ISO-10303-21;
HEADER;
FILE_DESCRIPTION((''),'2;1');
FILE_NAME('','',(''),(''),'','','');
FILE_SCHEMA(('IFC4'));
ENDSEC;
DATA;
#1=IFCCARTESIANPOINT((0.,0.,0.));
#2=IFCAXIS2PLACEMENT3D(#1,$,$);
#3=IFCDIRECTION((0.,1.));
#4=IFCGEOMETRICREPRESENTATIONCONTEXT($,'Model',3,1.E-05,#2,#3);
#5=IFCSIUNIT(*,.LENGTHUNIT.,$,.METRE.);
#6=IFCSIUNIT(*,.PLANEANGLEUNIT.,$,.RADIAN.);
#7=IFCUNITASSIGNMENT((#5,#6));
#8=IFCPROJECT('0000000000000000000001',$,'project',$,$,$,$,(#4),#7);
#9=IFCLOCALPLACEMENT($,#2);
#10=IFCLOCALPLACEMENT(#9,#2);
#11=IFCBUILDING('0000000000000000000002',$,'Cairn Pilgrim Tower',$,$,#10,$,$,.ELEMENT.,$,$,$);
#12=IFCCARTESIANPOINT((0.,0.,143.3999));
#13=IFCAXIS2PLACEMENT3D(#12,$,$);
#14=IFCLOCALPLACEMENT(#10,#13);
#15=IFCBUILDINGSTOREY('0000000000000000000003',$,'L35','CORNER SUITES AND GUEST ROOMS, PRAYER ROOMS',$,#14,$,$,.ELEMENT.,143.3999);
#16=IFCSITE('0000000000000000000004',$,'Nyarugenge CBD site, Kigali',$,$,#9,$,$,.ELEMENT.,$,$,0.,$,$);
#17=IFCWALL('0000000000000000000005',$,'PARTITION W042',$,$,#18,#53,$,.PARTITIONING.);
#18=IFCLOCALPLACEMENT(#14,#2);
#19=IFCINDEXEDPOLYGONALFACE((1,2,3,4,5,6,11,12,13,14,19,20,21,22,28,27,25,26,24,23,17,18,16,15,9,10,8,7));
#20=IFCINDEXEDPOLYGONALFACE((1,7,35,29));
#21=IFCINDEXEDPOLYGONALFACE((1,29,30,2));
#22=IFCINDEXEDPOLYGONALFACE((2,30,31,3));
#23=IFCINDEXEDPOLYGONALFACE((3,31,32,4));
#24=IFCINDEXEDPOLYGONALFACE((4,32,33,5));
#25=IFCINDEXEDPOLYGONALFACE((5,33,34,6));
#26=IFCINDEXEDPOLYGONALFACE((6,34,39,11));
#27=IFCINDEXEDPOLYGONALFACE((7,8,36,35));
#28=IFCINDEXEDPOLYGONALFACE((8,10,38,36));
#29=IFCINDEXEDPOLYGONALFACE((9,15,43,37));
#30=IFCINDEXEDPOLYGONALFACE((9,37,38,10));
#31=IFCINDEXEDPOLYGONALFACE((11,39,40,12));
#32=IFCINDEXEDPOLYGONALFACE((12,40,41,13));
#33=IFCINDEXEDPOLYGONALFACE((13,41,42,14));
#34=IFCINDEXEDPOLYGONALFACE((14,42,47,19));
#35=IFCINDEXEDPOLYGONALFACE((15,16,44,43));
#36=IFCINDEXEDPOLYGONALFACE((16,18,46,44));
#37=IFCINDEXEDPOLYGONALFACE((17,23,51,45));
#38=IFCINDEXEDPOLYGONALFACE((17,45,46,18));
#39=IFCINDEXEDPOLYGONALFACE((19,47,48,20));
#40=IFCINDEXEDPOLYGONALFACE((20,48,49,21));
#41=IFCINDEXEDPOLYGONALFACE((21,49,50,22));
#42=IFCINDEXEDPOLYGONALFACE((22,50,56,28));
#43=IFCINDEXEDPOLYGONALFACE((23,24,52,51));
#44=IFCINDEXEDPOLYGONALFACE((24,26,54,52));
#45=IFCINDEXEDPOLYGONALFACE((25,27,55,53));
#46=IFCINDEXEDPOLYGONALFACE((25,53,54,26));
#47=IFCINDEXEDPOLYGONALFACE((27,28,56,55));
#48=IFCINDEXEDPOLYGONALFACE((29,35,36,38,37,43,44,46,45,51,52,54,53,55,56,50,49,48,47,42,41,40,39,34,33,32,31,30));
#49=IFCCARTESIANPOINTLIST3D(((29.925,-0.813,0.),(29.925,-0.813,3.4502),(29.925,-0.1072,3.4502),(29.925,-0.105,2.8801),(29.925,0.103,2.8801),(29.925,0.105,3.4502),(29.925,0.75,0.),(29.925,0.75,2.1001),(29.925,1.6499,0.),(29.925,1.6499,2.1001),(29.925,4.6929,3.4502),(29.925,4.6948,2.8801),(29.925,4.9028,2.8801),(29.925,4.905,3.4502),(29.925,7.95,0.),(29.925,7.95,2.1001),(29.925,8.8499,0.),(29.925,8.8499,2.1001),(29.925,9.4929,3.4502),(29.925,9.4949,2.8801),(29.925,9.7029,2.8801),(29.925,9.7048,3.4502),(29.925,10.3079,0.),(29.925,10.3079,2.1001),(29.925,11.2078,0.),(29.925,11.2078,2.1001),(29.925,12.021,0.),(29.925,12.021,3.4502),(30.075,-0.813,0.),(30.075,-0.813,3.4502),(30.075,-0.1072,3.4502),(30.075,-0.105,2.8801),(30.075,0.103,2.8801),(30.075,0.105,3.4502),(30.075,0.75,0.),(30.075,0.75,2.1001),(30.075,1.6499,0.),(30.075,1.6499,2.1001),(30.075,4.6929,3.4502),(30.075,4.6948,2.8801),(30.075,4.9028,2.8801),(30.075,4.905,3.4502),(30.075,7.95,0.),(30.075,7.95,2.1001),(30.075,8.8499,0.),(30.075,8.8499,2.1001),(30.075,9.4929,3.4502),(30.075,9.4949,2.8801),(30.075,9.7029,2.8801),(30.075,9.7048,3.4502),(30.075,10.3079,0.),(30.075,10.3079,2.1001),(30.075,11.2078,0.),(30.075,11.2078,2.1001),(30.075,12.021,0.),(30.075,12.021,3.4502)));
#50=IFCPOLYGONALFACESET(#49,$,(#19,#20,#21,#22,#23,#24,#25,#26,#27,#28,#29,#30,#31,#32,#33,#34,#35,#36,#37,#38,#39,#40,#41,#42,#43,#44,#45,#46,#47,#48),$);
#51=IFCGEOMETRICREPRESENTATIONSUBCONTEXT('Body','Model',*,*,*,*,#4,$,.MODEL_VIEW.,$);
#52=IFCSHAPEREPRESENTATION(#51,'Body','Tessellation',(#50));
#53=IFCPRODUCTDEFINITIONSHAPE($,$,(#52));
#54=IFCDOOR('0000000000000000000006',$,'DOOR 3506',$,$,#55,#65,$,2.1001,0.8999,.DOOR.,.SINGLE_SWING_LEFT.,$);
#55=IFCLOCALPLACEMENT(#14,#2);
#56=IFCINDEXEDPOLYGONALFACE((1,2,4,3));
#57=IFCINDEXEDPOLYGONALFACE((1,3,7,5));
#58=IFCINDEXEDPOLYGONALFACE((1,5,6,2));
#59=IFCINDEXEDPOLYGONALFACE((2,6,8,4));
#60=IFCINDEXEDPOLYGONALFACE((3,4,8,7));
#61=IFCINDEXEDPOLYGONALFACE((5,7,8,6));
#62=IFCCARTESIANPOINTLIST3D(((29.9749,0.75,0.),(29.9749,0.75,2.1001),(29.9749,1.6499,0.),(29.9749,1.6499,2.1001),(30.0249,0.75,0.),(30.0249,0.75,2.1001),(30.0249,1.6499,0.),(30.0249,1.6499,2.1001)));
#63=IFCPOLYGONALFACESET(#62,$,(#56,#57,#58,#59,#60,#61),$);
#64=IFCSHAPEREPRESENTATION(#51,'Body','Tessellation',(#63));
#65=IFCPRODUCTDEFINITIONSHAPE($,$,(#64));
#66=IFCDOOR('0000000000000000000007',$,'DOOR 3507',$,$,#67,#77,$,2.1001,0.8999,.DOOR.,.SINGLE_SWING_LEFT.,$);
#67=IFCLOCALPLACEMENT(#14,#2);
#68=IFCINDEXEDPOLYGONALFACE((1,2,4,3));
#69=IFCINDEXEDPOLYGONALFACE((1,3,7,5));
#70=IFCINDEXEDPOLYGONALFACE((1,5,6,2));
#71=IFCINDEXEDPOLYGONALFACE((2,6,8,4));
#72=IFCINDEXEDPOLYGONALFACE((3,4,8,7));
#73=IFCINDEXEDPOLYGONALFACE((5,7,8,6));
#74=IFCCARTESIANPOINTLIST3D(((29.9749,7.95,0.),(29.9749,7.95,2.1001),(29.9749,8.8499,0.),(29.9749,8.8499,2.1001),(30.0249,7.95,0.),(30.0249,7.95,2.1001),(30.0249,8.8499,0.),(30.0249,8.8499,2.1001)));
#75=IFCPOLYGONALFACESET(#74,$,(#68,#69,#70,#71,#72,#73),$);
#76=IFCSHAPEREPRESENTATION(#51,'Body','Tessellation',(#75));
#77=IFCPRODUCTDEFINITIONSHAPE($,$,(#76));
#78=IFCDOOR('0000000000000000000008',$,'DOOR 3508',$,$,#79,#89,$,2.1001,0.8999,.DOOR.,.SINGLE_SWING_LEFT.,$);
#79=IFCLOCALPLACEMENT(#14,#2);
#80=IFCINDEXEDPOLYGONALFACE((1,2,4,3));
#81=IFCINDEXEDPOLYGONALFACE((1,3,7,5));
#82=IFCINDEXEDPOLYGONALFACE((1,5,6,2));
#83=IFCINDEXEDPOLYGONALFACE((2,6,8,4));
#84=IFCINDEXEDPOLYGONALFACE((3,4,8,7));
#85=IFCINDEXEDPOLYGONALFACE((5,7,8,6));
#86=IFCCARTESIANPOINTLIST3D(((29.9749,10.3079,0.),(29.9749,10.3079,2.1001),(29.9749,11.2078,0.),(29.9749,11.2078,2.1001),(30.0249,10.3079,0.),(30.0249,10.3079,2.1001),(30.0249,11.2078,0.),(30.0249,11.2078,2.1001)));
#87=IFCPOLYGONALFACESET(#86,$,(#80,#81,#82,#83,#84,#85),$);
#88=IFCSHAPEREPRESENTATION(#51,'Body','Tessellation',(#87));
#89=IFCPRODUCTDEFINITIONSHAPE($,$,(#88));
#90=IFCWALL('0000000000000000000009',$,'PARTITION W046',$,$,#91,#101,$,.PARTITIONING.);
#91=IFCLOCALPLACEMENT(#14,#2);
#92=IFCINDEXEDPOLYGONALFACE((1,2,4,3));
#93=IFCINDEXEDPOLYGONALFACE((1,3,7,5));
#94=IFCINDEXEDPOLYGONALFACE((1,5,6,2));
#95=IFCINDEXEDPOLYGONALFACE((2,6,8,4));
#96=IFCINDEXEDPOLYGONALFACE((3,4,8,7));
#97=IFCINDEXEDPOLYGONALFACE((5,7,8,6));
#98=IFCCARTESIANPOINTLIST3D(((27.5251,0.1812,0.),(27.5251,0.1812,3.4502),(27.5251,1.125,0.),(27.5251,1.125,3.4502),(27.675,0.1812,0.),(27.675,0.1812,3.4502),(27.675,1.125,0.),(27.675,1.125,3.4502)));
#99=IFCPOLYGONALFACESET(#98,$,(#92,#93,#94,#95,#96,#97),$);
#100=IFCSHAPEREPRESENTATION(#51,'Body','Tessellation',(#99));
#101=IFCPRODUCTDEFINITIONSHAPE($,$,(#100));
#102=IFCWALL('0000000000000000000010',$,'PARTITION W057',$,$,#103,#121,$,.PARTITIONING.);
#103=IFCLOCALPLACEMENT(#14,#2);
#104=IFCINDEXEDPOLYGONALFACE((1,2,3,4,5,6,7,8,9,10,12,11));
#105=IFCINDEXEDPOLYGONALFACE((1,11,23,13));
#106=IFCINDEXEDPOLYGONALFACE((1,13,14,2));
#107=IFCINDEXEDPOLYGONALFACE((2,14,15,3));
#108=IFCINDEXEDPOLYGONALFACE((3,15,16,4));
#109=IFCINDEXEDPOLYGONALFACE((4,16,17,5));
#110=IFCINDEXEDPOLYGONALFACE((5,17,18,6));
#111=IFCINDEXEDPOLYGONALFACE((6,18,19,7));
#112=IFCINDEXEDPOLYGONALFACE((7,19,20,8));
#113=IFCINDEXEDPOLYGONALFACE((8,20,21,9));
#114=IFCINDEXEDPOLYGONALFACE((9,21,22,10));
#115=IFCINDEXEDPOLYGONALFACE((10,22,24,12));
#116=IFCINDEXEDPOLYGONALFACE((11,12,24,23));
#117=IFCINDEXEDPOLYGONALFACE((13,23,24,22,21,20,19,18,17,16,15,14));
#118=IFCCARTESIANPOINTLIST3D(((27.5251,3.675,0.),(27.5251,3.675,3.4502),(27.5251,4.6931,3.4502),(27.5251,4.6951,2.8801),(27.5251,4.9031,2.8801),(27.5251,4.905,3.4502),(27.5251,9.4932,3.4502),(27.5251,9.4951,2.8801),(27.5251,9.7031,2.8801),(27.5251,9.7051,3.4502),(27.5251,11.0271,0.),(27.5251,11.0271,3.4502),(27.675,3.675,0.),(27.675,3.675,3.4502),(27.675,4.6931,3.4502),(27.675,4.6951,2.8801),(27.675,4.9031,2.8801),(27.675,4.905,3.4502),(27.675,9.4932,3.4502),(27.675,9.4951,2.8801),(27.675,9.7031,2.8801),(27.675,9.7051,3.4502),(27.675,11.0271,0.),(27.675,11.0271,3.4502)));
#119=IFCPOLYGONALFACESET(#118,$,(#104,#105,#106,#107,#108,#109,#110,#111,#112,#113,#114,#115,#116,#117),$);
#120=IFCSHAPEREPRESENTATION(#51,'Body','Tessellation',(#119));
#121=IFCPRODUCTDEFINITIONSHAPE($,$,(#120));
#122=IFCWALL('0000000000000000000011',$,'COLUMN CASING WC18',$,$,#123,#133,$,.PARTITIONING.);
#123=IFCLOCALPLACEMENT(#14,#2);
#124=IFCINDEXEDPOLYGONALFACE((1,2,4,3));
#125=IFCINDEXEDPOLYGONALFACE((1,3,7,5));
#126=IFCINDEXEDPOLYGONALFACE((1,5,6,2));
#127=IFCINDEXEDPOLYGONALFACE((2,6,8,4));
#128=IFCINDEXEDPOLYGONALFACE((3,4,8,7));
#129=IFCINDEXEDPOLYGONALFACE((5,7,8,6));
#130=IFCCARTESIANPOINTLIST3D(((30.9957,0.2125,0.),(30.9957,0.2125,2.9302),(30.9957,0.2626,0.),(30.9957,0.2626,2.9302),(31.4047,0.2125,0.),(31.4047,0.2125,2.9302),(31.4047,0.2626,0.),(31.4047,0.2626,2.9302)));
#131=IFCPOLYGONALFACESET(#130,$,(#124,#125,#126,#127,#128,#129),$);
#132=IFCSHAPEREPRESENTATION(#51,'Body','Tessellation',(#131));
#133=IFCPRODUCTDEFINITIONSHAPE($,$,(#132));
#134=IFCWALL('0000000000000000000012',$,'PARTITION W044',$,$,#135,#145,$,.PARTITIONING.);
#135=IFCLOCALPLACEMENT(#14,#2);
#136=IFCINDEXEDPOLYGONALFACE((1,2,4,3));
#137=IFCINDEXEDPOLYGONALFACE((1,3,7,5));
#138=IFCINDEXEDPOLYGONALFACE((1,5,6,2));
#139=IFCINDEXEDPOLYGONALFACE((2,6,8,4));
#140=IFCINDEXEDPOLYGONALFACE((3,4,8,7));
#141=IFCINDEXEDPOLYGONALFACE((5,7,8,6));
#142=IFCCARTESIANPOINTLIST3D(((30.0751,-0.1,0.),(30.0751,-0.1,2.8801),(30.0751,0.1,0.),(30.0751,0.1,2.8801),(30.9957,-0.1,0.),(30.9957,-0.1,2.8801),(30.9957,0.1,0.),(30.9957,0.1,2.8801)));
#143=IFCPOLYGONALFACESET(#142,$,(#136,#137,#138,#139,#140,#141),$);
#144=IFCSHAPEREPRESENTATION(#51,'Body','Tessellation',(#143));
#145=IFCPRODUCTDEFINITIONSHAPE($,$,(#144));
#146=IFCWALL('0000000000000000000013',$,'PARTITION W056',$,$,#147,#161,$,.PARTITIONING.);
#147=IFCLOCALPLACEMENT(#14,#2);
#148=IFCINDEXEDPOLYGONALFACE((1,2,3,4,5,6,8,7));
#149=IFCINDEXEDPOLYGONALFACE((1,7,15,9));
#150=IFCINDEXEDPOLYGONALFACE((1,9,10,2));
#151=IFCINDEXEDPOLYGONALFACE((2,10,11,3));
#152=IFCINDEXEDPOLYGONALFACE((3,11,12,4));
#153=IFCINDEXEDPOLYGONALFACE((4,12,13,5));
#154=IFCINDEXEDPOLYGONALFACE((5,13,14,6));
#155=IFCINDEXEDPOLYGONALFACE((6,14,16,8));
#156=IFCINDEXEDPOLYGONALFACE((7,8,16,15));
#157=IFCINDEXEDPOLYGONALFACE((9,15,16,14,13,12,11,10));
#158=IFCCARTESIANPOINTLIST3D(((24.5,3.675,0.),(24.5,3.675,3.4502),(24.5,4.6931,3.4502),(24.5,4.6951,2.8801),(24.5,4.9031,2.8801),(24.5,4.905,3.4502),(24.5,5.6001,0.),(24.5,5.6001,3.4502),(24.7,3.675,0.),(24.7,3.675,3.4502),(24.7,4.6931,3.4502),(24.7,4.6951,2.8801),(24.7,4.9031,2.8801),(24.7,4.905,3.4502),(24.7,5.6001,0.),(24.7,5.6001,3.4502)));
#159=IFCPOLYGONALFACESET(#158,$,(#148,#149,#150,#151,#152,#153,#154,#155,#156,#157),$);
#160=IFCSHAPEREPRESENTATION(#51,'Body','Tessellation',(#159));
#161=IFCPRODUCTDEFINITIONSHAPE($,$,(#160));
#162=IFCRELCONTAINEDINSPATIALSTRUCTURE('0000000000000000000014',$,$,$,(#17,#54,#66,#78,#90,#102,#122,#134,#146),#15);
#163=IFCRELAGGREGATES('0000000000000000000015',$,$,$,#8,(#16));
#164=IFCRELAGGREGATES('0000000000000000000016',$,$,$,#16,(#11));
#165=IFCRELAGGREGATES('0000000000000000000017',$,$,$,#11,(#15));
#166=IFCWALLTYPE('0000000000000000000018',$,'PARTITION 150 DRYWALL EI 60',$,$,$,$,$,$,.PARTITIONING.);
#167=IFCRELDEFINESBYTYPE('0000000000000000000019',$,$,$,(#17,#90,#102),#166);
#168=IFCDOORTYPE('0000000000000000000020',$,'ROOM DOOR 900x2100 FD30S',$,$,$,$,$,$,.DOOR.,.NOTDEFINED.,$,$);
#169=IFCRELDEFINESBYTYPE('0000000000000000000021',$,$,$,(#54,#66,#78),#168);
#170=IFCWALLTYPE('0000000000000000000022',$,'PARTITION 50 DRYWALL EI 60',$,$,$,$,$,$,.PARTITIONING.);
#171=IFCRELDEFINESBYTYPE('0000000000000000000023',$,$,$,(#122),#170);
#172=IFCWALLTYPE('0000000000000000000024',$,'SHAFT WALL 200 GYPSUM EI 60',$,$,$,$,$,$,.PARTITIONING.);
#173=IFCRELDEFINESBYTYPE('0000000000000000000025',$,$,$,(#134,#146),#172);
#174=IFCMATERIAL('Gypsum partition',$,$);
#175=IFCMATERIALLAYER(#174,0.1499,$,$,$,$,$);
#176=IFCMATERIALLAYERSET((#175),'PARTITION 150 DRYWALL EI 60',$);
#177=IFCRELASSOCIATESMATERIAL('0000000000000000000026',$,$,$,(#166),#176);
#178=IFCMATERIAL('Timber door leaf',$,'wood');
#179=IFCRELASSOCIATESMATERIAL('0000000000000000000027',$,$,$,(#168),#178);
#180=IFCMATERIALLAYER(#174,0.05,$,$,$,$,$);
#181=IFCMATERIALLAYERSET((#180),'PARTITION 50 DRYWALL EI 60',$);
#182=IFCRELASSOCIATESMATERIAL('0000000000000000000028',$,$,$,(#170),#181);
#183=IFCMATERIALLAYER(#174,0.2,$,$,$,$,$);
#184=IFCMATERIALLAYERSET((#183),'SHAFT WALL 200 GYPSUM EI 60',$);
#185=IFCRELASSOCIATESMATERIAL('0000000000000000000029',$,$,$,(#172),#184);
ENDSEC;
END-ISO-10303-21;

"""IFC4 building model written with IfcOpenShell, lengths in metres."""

from ifc_helpers import new_model, si_unit, direction, frame, frame_2d, origin, place, context, subcontext, project, spatial, polyline, rectangle, outline, extrude, material, layer, layer_set, type_object, element, fill, save


model = new_model("IFC4")

# Units and contexts
model_context = context("Model", 3, precision=1e-05, world=origin(), true_north=direction((0.0, 1.0)))
body_context = subcontext(model_context, "Body", "Model", "MODEL_VIEW")
ifc_project = project(units=[si_unit("LENGTHUNIT", "METRE"), si_unit("PLANEANGLEUNIT", "RADIAN")], contexts=[model_context])

# Site, building, storey
site_placement = place(None, origin())
site = spatial("IfcSite", under=ifc_project, at=site_placement, Name="Nyarugenge CBD site, Kigali", CompositionType="ELEMENT", RefElevation=0.0)
building_placement = place(site_placement, origin())
building = spatial("IfcBuilding", under=site, at=building_placement, Name="Cairn Pilgrim Tower", CompositionType="ELEMENT")
storey_placement = place(building_placement, frame((0.0, 0.0, 143.3999)))
storey = spatial("IfcBuildingStorey", under=building, at=storey_placement, Name="L35", Description="CORNER SUITES AND GUEST ROOMS, PRAYER ROOMS", CompositionType="ELEMENT", Elevation=143.3999)

# Shared definitions
ifc_material_1 = material(Name="Gypsum partition")

# Shared definitions
ifc_layer_1 = layer(ifc_material_1, 0.1499)
ifc_layer_set_1 = layer_set([ifc_layer_1], Name="PARTITION 150 DRYWALL EI 60")
wall_type_1 = type_object("IfcWallType", Name="PARTITION 150 DRYWALL EI 60", PredefinedType="PARTITIONING", material=ifc_layer_set_1)
ifc_material_2 = material(Name="Timber door leaf", Category="wood")
door_type_1 = type_object("IfcDoorType", Name="ROOM DOOR 900x2100 FD30S", OperationType="NOTDEFINED", PredefinedType="DOOR", material=ifc_material_2)

# Wall, openings, doors
wall_1_placement = place(storey_placement, frame((30.0, -0.813, 0.0), z_axis=(0.0, 0.0, 1.0), x_axis=(0.0, 1.0, 0.0)))
wall_1 = element("IfcWall", 1, at=wall_1_placement, inside=storey, type_object=wall_type_1, Name="PARTITION W042", PredefinedType="PARTITIONING", context=body_context, shape_type="SweptSolid", body=[
    extrude(outline(polyline([(0.0, 0.0), (12.834, 0.0), (12.834, 3.4502), (10.5178, 3.4502), (10.5159, 2.8801), (10.3079, 2.8801), (10.3059, 3.4502), (5.718, 3.4502), (5.7158, 2.8801), (5.5078, 2.8801), (5.5059, 3.4502), (0.918, 3.4502), (0.916, 2.8801), (0.708, 2.8801), (0.7058, 3.4502), (0.0, 3.4502), (0.0, 0.0)])), frame((0.0, 0.075, 0.0), z_axis=(0.0, -1.0, 0.0), x_axis=(1.0, 0.0, 0.0)), (0.0, 0.0, 1.0), 0.1499),
])
opening_1_placement = place(wall_1_placement, frame((1.563, 0.0, 0.0)))
opening_1 = element("IfcOpeningElement", 2, at=opening_1_placement, cuts=wall_1, PredefinedType="OPENING", context=body_context, shape_type="SweptSolid", body=[
    extrude(rectangle(XDim=0.8999, YDim=2.1001, at=frame_2d((0.45, 1.05))), frame((0.0, 0.085, 0.0), z_axis=(0.0, -1.0, 0.0), x_axis=(1.0, 0.0, 0.0)), (0.0, 0.0, 1.0), 0.1699),
])
opening_2_placement = place(wall_1_placement, frame((8.7629, 0.0, 0.0)))
opening_2 = element("IfcOpeningElement", 3, at=opening_2_placement, cuts=wall_1, PredefinedType="OPENING", context=body_context, shape_type="SweptSolid", body=[
    extrude(rectangle(XDim=0.8999, YDim=2.1001, at=frame_2d((0.45, 1.05))), frame((0.0, 0.085, 0.0), z_axis=(0.0, -1.0, 0.0), x_axis=(1.0, 0.0, 0.0)), (0.0, 0.0, 1.0), 0.1699),
])
opening_3_placement = place(wall_1_placement, frame((11.1208, 0.0, 0.0)))
opening_3 = element("IfcOpeningElement", 4, at=opening_3_placement, cuts=wall_1, PredefinedType="OPENING", context=body_context, shape_type="SweptSolid", body=[
    extrude(rectangle(XDim=0.8999, YDim=2.1001, at=frame_2d((0.45, 1.05))), frame((0.0, 0.085, 0.0), z_axis=(0.0, -1.0, 0.0), x_axis=(1.0, 0.0, 0.0)), (0.0, 0.0, 1.0), 0.1699),
])
door_1_placement = place(opening_1_placement, frame((0.8999, 0.0, 0.0), z_axis=(0.0, 0.0, 1.0), x_axis=(-1.0, 0.0, 0.0)))
door_1 = element("IfcDoor", 5, at=door_1_placement, inside=storey, type_object=door_type_1, Name="DOOR 3506", OperationType="SINGLE_SWING_LEFT", OverallHeight=2.1001, OverallWidth=0.8999, PredefinedType="DOOR", context=body_context, shape_type="SweptSolid", body=[
    extrude(rectangle(XDim=0.8999, YDim=2.1001, at=frame_2d((0.45, 1.05))), frame((0.0, 0.0249, 0.0), z_axis=(0.0, -1.0, 0.0), x_axis=(1.0, 0.0, 0.0)), (0.0, 0.0, 1.0), 0.05),
])
fill(opening_1, door_1)
door_2_placement = place(opening_2_placement, frame((0.8999, 0.0, 0.0), z_axis=(0.0, 0.0, 1.0), x_axis=(-1.0, 0.0, 0.0)))
door_2 = element("IfcDoor", 6, at=door_2_placement, inside=storey, type_object=door_type_1, Name="DOOR 3507", OperationType="SINGLE_SWING_LEFT", OverallHeight=2.1001, OverallWidth=0.8999, PredefinedType="DOOR", context=body_context, shape_type="SweptSolid", body=[
    extrude(rectangle(XDim=0.8999, YDim=2.1001, at=frame_2d((0.45, 1.05))), frame((0.0, 0.0249, 0.0), z_axis=(0.0, -1.0, 0.0), x_axis=(1.0, 0.0, 0.0)), (0.0, 0.0, 1.0), 0.05),
])
fill(opening_2, door_2)
door_3_placement = place(opening_3_placement, frame((0.8999, 0.0, 0.0), z_axis=(0.0, 0.0, 1.0), x_axis=(-1.0, 0.0, 0.0)))
door_3 = element("IfcDoor", 7, at=door_3_placement, inside=storey, type_object=door_type_1, Name="DOOR 3508", OperationType="SINGLE_SWING_LEFT", OverallHeight=2.1001, OverallWidth=0.8999, PredefinedType="DOOR", context=body_context, shape_type="SweptSolid", body=[
    extrude(rectangle(XDim=0.8999, YDim=2.1001, at=frame_2d((0.45, 1.05))), frame((0.0, 0.0249, 0.0), z_axis=(0.0, -1.0, 0.0), x_axis=(1.0, 0.0, 0.0)), (0.0, 0.0, 1.0), 0.05),
])
fill(opening_3, door_3)

# Walls
wall_2_placement = place(storey_placement, frame((27.6001, 0.1812, 0.0), z_axis=(0.0, 0.0, 1.0), x_axis=(0.0, 1.0, 0.0)))
element("IfcWall", 8, at=wall_2_placement, inside=storey, type_object=wall_type_1, Name="PARTITION W046", PredefinedType="PARTITIONING", context=body_context, shape_type="SweptSolid", body=[
    extrude(rectangle(XDim=0.9438, YDim=0.1499, at=frame_2d((0.4719, 0.0))), origin(), (0.0, 0.0, 1.0), 3.4502),
])
wall_3_placement = place(storey_placement, frame((27.6001, 3.675, 0.0), z_axis=(0.0, 0.0, 1.0), x_axis=(0.0, 1.0, 0.0)))
element("IfcWall", 9, at=wall_3_placement, inside=storey, type_object=wall_type_1, Name="PARTITION W057", PredefinedType="PARTITIONING", context=body_context, shape_type="SweptSolid", body=[
    extrude(outline(polyline([(0.0, 0.0), (7.3521, 0.0), (7.3521, 3.4502), (6.03, 3.4502), (6.0281, 2.8801), (5.8201, 2.8801), (5.8181, 3.4502), (1.23, 3.4502), (1.228, 2.8801), (1.02, 2.8801), (1.0181, 3.4502), (0.0, 3.4502), (0.0, 0.0)])), frame((0.0, 0.075, 0.0), z_axis=(0.0, -1.0, 0.0), x_axis=(1.0, 0.0, 0.0)), (0.0, 0.0, 1.0), 0.1499),
])
ifc_layer_2 = layer(ifc_material_1, 0.05)
ifc_layer_set_2 = layer_set([ifc_layer_2], Name="PARTITION 50 DRYWALL EI 60")
wall_type_2 = type_object("IfcWallType", Name="PARTITION 50 DRYWALL EI 60", PredefinedType="PARTITIONING", material=ifc_layer_set_2)
wall_4_placement = place(storey_placement, frame((30.9956, 0.2375, 0.0), z_axis=(0.0, 0.0, 1.0), x_axis=(1.0, 0.0, 0.0)))
element("IfcWall", 10, at=wall_4_placement, inside=storey, type_object=wall_type_2, Name="COLUMN CASING WC18", PredefinedType="PARTITIONING", context=body_context, shape_type="SweptSolid", body=[
    extrude(rectangle(XDim=0.4089, YDim=0.05, at=frame_2d((0.2046, 0.0))), origin(), (0.0, 0.0, 1.0), 2.9302),
])
ifc_layer_3 = layer(ifc_material_1, 0.2)
ifc_layer_set_3 = layer_set([ifc_layer_3], Name="SHAFT WALL 200 GYPSUM EI 60")
wall_type_3 = type_object("IfcWallType", Name="SHAFT WALL 200 GYPSUM EI 60", PredefinedType="PARTITIONING", material=ifc_layer_set_3)
wall_5_placement = place(storey_placement, frame((30.075, 0.0, 0.0), z_axis=(0.0, 0.0, 1.0), x_axis=(1.0, 0.0, 0.0)))
element("IfcWall", 11, at=wall_5_placement, inside=storey, type_object=wall_type_3, Name="PARTITION W044", PredefinedType="PARTITIONING", context=body_context, shape_type="SweptSolid", body=[
    extrude(rectangle(XDim=0.9207, YDim=0.2, at=frame_2d((0.4604, 0.0))), origin(), (0.0, 0.0, 1.0), 2.8801),
])
wall_6_placement = place(storey_placement, frame((24.6001, 3.675, 0.0), z_axis=(0.0, 0.0, 1.0), x_axis=(0.0, 1.0, 0.0)))
element("IfcWall", 12, at=wall_6_placement, inside=storey, type_object=wall_type_3, Name="PARTITION W056", PredefinedType="PARTITIONING", context=body_context, shape_type="SweptSolid", body=[
    extrude(outline(polyline([(0.0, 0.0), (1.925, 0.0), (1.925, 3.4502), (1.23, 3.4502), (1.228, 2.8801), (1.02, 2.8801), (1.0181, 3.4502), (0.0, 3.4502), (0.0, 0.0)])), frame((0.0, 0.1001, 0.0), z_axis=(0.0, -1.0, 0.0), x_axis=(1.0, 0.0, 0.0)), (0.0, 0.0, 1.0), 0.2),
])

save(model, "model.ifc")
